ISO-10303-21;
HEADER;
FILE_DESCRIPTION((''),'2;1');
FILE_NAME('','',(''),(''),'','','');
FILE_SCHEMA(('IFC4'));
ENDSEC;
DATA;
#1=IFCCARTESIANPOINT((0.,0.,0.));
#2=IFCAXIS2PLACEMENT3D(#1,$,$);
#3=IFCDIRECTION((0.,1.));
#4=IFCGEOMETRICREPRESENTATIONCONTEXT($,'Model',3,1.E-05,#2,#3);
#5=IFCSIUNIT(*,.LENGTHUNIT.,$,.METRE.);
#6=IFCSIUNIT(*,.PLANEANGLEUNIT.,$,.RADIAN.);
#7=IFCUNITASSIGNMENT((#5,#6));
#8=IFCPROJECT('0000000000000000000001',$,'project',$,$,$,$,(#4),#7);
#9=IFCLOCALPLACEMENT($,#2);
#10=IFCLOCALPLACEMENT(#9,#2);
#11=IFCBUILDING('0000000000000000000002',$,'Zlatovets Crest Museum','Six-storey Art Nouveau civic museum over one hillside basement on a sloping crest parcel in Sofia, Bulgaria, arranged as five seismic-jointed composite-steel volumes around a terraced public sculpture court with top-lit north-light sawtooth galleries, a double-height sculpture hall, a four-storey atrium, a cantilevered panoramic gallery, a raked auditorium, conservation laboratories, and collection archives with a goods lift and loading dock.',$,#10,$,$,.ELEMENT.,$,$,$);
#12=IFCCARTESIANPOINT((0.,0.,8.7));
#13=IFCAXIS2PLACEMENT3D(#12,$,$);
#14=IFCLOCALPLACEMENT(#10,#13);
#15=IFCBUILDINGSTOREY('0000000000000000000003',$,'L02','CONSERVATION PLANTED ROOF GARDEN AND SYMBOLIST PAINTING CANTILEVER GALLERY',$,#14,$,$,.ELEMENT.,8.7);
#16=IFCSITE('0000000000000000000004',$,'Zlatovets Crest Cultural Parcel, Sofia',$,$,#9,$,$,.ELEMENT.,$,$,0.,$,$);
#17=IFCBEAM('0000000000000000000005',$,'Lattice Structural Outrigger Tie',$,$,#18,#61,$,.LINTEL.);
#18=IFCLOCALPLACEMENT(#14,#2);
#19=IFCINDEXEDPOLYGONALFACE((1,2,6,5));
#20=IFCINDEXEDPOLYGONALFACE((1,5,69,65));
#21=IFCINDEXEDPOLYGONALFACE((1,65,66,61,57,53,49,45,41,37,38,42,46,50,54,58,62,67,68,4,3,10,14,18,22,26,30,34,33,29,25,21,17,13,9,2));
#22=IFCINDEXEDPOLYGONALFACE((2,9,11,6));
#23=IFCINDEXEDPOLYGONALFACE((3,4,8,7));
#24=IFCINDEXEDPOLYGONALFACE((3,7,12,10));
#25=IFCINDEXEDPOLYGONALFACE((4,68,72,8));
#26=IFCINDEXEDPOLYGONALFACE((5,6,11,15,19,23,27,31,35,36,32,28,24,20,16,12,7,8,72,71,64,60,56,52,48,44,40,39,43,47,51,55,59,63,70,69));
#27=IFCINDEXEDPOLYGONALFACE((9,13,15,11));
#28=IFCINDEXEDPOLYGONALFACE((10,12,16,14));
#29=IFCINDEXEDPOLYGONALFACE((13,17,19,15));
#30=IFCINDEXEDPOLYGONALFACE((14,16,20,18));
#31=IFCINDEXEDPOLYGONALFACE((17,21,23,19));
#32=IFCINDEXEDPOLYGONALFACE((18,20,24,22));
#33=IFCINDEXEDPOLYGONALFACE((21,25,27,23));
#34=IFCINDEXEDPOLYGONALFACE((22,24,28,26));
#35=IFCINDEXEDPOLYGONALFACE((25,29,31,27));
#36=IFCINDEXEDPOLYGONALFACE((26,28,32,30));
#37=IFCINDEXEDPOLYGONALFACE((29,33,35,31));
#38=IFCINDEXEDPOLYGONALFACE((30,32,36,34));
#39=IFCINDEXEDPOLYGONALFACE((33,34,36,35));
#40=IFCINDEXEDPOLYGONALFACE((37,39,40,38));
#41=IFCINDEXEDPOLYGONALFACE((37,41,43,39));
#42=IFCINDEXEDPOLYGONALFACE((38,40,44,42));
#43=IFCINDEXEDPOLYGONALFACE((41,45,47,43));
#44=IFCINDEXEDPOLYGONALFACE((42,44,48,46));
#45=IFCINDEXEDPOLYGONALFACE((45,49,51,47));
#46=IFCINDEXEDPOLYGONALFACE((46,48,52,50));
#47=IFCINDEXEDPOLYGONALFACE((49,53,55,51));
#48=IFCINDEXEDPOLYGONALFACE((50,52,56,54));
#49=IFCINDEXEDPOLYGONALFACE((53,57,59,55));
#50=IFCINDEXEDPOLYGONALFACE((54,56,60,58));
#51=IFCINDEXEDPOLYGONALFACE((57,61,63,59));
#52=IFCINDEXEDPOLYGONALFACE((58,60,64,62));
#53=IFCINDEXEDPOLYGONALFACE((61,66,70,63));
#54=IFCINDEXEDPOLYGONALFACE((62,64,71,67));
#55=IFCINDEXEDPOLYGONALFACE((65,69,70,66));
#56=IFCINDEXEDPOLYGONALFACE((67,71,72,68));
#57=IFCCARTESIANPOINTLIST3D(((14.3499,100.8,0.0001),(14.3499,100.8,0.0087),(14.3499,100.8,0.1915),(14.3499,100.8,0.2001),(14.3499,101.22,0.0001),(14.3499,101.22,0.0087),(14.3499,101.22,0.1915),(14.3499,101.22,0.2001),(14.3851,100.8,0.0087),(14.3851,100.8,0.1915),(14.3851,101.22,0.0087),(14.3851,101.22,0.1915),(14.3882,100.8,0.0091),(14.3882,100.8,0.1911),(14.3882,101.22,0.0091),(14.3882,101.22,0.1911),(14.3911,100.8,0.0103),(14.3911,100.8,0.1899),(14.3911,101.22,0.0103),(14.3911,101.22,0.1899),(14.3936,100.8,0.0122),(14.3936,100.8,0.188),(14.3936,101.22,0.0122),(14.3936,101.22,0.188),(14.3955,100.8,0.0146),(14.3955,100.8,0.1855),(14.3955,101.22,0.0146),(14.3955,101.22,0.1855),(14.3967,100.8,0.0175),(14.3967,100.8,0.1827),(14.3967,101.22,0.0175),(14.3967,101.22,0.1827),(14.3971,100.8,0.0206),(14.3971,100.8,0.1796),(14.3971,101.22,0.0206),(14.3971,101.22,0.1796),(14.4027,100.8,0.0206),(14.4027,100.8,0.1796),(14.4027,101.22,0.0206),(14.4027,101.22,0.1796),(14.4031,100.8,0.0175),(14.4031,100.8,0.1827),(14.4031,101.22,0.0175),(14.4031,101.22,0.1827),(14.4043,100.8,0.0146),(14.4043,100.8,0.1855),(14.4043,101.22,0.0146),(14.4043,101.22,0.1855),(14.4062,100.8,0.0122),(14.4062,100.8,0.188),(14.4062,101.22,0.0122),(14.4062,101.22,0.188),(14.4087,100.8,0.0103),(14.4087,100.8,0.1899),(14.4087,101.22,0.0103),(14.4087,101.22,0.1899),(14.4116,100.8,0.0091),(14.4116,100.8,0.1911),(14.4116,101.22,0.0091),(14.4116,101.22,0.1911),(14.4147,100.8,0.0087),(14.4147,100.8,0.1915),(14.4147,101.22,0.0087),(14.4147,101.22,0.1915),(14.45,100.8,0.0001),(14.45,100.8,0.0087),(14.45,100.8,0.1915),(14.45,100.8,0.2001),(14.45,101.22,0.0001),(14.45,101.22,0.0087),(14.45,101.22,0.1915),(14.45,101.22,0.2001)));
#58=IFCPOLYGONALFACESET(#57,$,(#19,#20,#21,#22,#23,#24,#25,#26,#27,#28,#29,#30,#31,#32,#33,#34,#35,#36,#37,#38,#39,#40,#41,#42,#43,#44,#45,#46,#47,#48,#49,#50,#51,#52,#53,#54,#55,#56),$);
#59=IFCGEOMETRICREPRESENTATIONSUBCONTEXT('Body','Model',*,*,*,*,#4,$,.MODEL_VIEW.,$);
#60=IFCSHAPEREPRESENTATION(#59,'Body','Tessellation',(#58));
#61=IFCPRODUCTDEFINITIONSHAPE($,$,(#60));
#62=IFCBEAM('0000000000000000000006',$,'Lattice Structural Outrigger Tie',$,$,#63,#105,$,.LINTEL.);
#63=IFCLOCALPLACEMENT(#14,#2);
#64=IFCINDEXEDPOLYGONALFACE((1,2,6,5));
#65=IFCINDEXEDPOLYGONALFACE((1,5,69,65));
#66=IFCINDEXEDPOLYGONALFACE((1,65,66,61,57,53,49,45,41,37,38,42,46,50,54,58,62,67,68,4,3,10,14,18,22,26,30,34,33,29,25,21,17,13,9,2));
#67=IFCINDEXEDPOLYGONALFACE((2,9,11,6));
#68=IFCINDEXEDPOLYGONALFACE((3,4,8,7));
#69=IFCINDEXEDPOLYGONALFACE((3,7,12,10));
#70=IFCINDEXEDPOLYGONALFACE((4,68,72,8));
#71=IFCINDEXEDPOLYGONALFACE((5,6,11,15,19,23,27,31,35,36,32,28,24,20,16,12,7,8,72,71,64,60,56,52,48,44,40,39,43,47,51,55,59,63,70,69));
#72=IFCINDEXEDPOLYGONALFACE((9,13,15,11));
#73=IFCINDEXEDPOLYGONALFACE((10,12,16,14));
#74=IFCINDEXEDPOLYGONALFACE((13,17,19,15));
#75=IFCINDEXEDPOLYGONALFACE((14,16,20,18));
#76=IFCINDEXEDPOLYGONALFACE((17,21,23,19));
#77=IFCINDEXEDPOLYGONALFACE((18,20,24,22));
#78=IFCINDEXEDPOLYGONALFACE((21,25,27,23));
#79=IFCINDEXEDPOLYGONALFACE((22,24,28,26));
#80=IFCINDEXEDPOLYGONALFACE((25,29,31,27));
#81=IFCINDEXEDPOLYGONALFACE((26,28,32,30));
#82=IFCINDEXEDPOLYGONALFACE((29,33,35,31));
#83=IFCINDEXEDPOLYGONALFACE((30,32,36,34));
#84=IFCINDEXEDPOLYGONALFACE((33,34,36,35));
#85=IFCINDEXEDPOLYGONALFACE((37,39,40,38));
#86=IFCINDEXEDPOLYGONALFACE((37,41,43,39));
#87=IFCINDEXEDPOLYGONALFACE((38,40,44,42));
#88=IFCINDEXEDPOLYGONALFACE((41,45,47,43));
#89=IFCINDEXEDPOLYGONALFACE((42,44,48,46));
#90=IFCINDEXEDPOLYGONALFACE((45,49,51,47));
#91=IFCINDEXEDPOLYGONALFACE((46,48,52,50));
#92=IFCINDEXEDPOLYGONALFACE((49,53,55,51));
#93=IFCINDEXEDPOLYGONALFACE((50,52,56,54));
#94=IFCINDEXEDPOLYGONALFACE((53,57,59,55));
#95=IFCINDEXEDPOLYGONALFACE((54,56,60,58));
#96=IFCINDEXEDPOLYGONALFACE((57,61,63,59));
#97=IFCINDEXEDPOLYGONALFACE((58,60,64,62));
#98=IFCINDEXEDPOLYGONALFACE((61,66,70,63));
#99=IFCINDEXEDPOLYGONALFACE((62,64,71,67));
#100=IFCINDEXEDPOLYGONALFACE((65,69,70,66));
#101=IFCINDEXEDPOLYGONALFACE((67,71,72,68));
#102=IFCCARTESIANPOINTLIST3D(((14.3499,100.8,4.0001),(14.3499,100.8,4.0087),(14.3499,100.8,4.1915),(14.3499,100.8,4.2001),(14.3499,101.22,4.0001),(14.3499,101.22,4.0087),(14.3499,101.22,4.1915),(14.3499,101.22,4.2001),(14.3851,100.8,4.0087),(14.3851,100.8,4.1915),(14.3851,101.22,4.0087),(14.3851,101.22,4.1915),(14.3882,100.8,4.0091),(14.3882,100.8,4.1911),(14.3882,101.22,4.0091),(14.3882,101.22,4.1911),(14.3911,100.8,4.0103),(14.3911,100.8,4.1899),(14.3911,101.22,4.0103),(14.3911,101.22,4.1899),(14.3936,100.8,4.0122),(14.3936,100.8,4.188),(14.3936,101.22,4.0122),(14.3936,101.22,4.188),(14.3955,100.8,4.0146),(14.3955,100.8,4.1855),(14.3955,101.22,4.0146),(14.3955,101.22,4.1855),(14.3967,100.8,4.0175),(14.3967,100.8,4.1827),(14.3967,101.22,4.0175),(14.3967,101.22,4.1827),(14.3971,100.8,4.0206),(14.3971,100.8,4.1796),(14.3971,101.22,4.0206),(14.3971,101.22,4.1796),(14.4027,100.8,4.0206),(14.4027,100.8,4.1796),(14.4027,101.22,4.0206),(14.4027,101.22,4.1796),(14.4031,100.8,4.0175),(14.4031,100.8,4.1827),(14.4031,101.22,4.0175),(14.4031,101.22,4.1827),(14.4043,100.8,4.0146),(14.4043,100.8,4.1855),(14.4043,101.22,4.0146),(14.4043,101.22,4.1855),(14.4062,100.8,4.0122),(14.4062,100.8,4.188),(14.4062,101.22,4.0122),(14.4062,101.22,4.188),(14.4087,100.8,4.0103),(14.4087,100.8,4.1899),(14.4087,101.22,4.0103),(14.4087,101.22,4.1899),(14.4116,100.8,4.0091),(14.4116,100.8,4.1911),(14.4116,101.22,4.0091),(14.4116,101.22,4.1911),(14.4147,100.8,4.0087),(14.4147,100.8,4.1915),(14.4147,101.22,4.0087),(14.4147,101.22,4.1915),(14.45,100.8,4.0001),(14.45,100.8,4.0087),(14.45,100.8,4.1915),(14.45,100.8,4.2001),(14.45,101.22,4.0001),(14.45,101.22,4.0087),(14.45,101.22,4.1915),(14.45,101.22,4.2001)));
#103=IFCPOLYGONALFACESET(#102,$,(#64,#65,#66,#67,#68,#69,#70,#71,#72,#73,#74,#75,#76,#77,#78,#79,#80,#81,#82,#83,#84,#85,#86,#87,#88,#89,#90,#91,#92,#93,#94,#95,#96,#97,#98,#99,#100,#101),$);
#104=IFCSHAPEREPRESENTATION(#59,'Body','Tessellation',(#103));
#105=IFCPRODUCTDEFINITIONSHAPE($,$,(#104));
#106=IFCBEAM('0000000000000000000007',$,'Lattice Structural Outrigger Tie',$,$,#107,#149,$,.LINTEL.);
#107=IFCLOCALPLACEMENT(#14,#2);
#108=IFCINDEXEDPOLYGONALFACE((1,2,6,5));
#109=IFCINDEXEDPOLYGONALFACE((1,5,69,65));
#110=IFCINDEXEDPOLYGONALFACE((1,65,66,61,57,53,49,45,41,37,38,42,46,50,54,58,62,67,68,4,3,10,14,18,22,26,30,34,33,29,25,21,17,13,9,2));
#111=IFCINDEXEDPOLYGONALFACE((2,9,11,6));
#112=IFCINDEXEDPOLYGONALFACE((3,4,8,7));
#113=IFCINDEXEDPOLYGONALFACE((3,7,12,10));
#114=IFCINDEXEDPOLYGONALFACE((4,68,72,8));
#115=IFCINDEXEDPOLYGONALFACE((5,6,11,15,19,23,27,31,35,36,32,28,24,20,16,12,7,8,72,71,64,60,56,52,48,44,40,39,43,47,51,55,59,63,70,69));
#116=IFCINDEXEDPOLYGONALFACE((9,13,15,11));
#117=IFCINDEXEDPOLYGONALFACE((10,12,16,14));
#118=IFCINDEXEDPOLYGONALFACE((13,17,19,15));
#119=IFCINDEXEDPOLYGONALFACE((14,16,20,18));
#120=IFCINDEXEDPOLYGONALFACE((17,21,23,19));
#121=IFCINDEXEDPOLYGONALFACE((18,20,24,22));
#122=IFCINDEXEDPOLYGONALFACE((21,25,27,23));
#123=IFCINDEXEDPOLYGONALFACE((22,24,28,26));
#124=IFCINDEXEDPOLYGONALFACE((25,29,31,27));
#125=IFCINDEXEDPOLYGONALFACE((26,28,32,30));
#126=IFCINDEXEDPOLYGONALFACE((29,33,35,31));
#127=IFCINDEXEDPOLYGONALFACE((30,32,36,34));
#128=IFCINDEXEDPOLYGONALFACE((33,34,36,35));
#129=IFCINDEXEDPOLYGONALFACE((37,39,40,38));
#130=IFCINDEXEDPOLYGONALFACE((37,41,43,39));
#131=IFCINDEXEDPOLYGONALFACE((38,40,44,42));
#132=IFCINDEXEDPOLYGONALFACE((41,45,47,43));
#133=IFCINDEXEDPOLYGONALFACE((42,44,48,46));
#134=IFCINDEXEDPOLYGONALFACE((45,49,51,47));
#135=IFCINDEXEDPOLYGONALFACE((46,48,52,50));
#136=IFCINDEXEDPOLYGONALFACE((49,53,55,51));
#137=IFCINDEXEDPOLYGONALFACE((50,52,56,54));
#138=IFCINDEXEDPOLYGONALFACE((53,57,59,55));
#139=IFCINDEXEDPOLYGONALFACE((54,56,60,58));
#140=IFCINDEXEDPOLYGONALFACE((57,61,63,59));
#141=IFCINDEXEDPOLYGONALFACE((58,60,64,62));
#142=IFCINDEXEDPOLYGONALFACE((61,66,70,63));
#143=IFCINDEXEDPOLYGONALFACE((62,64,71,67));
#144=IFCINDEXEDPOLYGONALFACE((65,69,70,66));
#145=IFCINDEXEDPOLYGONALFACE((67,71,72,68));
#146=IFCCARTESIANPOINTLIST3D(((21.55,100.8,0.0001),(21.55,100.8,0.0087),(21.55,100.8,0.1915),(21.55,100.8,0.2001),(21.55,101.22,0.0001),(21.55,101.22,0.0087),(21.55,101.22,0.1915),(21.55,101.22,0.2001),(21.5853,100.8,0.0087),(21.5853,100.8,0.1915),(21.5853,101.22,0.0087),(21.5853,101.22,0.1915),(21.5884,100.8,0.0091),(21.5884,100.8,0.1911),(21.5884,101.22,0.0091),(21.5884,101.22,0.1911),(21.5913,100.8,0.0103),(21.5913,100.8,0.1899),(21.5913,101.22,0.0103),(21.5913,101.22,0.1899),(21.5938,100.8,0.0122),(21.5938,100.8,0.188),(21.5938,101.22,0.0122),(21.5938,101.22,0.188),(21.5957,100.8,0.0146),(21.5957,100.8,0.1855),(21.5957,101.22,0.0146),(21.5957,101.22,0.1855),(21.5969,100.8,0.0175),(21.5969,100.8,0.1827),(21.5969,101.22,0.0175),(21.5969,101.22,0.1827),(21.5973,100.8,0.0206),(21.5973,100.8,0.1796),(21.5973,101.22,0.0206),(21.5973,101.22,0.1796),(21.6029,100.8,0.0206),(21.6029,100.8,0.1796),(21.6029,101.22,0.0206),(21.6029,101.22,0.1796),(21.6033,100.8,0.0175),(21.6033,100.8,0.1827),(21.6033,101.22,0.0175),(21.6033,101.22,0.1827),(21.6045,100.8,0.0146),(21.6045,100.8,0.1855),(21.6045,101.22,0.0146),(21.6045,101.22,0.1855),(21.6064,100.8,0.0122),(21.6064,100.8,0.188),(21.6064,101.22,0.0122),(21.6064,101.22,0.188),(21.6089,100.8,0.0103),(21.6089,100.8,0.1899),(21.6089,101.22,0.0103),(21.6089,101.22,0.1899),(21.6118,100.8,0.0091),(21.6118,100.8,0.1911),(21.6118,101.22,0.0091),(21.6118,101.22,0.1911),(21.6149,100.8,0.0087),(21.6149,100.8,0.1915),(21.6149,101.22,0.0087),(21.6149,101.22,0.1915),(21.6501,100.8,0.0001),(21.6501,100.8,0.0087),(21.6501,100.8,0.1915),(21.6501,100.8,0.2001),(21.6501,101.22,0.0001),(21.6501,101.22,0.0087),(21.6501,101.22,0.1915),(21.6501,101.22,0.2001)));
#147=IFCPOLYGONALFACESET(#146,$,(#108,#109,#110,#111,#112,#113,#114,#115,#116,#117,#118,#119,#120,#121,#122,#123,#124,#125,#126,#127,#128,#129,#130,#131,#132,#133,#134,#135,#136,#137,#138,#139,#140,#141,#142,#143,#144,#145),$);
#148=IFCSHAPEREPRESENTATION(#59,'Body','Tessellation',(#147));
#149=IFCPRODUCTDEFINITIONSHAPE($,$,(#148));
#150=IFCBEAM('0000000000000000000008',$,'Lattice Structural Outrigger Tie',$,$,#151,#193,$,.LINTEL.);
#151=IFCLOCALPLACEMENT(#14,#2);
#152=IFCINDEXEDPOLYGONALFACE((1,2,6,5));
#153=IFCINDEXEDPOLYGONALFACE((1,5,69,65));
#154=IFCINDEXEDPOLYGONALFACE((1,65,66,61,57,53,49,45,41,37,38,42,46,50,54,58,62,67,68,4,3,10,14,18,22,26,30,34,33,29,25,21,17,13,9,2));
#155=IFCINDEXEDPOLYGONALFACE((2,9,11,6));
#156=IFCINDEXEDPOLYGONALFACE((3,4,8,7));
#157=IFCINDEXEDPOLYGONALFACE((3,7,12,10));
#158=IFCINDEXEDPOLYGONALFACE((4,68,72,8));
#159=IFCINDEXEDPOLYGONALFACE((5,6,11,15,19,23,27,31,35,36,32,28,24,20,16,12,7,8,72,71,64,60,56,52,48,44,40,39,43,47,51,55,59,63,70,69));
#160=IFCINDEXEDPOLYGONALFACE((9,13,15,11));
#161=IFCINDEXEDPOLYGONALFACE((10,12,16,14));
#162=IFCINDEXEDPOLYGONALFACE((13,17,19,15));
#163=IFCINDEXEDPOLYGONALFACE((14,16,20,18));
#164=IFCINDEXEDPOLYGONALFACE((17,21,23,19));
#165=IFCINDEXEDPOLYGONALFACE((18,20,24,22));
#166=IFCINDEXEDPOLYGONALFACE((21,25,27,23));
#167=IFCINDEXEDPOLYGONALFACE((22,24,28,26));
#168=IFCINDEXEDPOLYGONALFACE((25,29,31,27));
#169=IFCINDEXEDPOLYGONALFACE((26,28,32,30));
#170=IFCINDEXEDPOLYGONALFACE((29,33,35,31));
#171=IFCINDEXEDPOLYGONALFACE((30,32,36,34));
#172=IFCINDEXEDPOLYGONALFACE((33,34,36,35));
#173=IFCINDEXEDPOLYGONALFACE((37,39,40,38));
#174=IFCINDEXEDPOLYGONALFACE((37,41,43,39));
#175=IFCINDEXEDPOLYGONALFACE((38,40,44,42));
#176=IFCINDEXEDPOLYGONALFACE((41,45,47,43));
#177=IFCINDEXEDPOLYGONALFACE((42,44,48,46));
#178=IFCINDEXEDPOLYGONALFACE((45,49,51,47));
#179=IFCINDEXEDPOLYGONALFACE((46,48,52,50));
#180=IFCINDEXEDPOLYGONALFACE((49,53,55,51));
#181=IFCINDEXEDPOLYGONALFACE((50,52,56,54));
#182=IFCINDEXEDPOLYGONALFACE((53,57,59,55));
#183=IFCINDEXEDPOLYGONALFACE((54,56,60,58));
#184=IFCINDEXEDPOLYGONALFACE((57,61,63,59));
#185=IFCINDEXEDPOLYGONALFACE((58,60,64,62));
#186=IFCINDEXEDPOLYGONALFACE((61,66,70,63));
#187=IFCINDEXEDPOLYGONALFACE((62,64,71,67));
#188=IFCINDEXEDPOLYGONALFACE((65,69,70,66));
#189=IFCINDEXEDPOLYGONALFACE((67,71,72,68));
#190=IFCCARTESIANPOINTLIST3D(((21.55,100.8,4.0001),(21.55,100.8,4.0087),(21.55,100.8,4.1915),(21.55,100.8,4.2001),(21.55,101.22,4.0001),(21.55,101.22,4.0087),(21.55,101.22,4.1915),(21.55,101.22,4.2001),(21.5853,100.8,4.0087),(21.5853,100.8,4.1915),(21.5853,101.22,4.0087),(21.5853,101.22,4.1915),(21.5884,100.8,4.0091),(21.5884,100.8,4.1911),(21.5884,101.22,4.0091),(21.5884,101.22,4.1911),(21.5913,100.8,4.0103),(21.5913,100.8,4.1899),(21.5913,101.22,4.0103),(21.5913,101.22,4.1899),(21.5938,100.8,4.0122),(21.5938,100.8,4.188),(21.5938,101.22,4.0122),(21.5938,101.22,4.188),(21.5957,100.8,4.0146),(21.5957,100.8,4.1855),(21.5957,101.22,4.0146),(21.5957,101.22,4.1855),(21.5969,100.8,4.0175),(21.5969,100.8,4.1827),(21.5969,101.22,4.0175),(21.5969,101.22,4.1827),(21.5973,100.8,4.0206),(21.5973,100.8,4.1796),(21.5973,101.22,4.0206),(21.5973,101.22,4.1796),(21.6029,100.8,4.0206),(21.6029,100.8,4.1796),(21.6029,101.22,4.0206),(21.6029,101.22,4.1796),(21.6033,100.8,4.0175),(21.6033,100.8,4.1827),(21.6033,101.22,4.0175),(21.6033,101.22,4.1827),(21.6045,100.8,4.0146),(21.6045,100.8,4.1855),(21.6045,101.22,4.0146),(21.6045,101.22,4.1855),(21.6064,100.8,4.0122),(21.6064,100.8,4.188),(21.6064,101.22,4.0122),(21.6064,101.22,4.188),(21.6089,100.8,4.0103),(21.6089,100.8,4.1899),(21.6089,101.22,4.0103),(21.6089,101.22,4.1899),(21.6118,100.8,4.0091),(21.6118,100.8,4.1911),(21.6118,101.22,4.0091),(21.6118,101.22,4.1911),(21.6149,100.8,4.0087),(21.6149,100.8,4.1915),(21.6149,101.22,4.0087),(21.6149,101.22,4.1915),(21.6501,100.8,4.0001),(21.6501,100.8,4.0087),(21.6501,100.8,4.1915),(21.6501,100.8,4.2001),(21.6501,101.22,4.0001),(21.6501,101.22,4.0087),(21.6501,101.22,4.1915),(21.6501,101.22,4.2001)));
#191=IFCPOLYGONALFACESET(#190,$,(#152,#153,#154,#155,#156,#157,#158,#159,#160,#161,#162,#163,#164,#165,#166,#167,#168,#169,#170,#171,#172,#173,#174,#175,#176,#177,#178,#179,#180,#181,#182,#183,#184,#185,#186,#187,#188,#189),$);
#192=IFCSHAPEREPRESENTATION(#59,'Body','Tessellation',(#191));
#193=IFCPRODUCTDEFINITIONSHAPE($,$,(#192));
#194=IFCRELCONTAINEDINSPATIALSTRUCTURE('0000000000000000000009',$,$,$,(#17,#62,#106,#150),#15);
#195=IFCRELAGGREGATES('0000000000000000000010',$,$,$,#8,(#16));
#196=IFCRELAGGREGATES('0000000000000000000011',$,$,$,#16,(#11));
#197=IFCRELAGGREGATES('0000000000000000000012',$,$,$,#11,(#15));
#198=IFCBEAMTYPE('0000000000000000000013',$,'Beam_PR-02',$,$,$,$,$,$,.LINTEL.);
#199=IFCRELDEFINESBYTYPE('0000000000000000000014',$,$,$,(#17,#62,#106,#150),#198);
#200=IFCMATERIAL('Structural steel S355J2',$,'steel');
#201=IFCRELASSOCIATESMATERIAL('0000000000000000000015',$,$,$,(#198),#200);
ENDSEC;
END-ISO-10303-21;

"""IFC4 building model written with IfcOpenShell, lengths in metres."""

from ifc_helpers import new_model, si_unit, direction, frame, origin, origin_2d, place, context, subcontext, project, spatial, i_section, extrude, material, material_profile, profile_set, type_object, element, save


model = new_model("IFC4")

# Units and contexts
model_context = context("Model", 3, precision=1e-05, world=origin(), true_north=direction((0.0, 1.0)))
body_context = subcontext(model_context, "Body", "Model", "MODEL_VIEW")
ifc_project = project(units=[si_unit("LENGTHUNIT", "METRE"), si_unit("PLANEANGLEUNIT", "RADIAN")], contexts=[model_context])

# Site, building, storey
site_placement = place(None, origin())
site = spatial("IfcSite", under=ifc_project, at=site_placement, Name="Zlatovets Crest Cultural Parcel, Sofia", CompositionType="ELEMENT", RefElevation=0.0)
building_placement = place(site_placement, origin())
building = spatial("IfcBuilding", under=site, at=building_placement, Name="Zlatovets Crest Museum", Description="Six-storey Art Nouveau civic museum over one hillside basement on a sloping crest parcel in Sofia, Bulgaria, arranged as five seismic-jointed composite-steel volumes around a terraced public sculpture court with top-lit north-light sawtooth galleries, a double-height sculpture hall, a four-storey atrium, a cantilevered panoramic gallery, a raked auditorium, conservation laboratories, and collection archives with a goods lift and loading dock.", CompositionType="ELEMENT")
storey_placement = place(building_placement, frame((0.0, 0.0, 8.7)))
storey = spatial("IfcBuildingStorey", under=building, at=storey_placement, Name="L02", Description="CONSERVATION PLANTED ROOF GARDEN AND SYMBOLIST PAINTING CANTILEVER GALLERY", CompositionType="ELEMENT", Elevation=8.7)

# Shared definitions
ifc_material_1 = material(Name="Structural steel S355J2", Category="steel")

# Beams
ifc_material_profile_1 = material_profile(ifc_material_1, i_section(OverallWidth=0.1001, OverallDepth=0.2, WebThickness=0.0056, FlangeThickness=0.0085, FilletRadius=0.012, at=origin_2d()), Name="IPE 200")
ifc_profile_set_1 = profile_set([ifc_material_profile_1], Name="Structural steel S355J2")
beam_type_1 = type_object("IfcBeamType", Name="Beam_PR-02", PredefinedType="LINTEL", material=ifc_profile_set_1)
for number, where, z_axis, x_axis, name in (
    (1, (14.3999, 100.8, 0.1001), (0.0, 1.0, 0.0), (-1.0, 0.0, 0.0), "Lattice Structural Outrigger Tie"),
    (2, (14.3999, 100.8, 4.1001), (0.0, 1.0, 0.0), (-1.0, 0.0, 0.0), "Lattice Structural Outrigger Tie"),
    (3, (21.6001, 100.8, 0.1001), (0.0, 1.0, 0.0), (-1.0, 0.0, 0.0), "Lattice Structural Outrigger Tie"),
    (4, (21.6001, 100.8, 4.1001), (0.0, 1.0, 0.0), (-1.0, 0.0, 0.0), "Lattice Structural Outrigger Tie"),
):
    element("IfcBeam", number, at=place(storey_placement, frame(where, z_axis=z_axis, x_axis=x_axis)), inside=storey, type_object=beam_type_1, Name=name, PredefinedType="LINTEL", context=body_context, shape_type="SweptSolid", body=[
        extrude(i_section(OverallWidth=0.1001, OverallDepth=0.2, WebThickness=0.0056, FlangeThickness=0.0085, FilletRadius=0.012, at=origin_2d()), origin(), (0.0, 0.0, 1.0), 0.4199),
    ])

save(model, "model.ifc")
